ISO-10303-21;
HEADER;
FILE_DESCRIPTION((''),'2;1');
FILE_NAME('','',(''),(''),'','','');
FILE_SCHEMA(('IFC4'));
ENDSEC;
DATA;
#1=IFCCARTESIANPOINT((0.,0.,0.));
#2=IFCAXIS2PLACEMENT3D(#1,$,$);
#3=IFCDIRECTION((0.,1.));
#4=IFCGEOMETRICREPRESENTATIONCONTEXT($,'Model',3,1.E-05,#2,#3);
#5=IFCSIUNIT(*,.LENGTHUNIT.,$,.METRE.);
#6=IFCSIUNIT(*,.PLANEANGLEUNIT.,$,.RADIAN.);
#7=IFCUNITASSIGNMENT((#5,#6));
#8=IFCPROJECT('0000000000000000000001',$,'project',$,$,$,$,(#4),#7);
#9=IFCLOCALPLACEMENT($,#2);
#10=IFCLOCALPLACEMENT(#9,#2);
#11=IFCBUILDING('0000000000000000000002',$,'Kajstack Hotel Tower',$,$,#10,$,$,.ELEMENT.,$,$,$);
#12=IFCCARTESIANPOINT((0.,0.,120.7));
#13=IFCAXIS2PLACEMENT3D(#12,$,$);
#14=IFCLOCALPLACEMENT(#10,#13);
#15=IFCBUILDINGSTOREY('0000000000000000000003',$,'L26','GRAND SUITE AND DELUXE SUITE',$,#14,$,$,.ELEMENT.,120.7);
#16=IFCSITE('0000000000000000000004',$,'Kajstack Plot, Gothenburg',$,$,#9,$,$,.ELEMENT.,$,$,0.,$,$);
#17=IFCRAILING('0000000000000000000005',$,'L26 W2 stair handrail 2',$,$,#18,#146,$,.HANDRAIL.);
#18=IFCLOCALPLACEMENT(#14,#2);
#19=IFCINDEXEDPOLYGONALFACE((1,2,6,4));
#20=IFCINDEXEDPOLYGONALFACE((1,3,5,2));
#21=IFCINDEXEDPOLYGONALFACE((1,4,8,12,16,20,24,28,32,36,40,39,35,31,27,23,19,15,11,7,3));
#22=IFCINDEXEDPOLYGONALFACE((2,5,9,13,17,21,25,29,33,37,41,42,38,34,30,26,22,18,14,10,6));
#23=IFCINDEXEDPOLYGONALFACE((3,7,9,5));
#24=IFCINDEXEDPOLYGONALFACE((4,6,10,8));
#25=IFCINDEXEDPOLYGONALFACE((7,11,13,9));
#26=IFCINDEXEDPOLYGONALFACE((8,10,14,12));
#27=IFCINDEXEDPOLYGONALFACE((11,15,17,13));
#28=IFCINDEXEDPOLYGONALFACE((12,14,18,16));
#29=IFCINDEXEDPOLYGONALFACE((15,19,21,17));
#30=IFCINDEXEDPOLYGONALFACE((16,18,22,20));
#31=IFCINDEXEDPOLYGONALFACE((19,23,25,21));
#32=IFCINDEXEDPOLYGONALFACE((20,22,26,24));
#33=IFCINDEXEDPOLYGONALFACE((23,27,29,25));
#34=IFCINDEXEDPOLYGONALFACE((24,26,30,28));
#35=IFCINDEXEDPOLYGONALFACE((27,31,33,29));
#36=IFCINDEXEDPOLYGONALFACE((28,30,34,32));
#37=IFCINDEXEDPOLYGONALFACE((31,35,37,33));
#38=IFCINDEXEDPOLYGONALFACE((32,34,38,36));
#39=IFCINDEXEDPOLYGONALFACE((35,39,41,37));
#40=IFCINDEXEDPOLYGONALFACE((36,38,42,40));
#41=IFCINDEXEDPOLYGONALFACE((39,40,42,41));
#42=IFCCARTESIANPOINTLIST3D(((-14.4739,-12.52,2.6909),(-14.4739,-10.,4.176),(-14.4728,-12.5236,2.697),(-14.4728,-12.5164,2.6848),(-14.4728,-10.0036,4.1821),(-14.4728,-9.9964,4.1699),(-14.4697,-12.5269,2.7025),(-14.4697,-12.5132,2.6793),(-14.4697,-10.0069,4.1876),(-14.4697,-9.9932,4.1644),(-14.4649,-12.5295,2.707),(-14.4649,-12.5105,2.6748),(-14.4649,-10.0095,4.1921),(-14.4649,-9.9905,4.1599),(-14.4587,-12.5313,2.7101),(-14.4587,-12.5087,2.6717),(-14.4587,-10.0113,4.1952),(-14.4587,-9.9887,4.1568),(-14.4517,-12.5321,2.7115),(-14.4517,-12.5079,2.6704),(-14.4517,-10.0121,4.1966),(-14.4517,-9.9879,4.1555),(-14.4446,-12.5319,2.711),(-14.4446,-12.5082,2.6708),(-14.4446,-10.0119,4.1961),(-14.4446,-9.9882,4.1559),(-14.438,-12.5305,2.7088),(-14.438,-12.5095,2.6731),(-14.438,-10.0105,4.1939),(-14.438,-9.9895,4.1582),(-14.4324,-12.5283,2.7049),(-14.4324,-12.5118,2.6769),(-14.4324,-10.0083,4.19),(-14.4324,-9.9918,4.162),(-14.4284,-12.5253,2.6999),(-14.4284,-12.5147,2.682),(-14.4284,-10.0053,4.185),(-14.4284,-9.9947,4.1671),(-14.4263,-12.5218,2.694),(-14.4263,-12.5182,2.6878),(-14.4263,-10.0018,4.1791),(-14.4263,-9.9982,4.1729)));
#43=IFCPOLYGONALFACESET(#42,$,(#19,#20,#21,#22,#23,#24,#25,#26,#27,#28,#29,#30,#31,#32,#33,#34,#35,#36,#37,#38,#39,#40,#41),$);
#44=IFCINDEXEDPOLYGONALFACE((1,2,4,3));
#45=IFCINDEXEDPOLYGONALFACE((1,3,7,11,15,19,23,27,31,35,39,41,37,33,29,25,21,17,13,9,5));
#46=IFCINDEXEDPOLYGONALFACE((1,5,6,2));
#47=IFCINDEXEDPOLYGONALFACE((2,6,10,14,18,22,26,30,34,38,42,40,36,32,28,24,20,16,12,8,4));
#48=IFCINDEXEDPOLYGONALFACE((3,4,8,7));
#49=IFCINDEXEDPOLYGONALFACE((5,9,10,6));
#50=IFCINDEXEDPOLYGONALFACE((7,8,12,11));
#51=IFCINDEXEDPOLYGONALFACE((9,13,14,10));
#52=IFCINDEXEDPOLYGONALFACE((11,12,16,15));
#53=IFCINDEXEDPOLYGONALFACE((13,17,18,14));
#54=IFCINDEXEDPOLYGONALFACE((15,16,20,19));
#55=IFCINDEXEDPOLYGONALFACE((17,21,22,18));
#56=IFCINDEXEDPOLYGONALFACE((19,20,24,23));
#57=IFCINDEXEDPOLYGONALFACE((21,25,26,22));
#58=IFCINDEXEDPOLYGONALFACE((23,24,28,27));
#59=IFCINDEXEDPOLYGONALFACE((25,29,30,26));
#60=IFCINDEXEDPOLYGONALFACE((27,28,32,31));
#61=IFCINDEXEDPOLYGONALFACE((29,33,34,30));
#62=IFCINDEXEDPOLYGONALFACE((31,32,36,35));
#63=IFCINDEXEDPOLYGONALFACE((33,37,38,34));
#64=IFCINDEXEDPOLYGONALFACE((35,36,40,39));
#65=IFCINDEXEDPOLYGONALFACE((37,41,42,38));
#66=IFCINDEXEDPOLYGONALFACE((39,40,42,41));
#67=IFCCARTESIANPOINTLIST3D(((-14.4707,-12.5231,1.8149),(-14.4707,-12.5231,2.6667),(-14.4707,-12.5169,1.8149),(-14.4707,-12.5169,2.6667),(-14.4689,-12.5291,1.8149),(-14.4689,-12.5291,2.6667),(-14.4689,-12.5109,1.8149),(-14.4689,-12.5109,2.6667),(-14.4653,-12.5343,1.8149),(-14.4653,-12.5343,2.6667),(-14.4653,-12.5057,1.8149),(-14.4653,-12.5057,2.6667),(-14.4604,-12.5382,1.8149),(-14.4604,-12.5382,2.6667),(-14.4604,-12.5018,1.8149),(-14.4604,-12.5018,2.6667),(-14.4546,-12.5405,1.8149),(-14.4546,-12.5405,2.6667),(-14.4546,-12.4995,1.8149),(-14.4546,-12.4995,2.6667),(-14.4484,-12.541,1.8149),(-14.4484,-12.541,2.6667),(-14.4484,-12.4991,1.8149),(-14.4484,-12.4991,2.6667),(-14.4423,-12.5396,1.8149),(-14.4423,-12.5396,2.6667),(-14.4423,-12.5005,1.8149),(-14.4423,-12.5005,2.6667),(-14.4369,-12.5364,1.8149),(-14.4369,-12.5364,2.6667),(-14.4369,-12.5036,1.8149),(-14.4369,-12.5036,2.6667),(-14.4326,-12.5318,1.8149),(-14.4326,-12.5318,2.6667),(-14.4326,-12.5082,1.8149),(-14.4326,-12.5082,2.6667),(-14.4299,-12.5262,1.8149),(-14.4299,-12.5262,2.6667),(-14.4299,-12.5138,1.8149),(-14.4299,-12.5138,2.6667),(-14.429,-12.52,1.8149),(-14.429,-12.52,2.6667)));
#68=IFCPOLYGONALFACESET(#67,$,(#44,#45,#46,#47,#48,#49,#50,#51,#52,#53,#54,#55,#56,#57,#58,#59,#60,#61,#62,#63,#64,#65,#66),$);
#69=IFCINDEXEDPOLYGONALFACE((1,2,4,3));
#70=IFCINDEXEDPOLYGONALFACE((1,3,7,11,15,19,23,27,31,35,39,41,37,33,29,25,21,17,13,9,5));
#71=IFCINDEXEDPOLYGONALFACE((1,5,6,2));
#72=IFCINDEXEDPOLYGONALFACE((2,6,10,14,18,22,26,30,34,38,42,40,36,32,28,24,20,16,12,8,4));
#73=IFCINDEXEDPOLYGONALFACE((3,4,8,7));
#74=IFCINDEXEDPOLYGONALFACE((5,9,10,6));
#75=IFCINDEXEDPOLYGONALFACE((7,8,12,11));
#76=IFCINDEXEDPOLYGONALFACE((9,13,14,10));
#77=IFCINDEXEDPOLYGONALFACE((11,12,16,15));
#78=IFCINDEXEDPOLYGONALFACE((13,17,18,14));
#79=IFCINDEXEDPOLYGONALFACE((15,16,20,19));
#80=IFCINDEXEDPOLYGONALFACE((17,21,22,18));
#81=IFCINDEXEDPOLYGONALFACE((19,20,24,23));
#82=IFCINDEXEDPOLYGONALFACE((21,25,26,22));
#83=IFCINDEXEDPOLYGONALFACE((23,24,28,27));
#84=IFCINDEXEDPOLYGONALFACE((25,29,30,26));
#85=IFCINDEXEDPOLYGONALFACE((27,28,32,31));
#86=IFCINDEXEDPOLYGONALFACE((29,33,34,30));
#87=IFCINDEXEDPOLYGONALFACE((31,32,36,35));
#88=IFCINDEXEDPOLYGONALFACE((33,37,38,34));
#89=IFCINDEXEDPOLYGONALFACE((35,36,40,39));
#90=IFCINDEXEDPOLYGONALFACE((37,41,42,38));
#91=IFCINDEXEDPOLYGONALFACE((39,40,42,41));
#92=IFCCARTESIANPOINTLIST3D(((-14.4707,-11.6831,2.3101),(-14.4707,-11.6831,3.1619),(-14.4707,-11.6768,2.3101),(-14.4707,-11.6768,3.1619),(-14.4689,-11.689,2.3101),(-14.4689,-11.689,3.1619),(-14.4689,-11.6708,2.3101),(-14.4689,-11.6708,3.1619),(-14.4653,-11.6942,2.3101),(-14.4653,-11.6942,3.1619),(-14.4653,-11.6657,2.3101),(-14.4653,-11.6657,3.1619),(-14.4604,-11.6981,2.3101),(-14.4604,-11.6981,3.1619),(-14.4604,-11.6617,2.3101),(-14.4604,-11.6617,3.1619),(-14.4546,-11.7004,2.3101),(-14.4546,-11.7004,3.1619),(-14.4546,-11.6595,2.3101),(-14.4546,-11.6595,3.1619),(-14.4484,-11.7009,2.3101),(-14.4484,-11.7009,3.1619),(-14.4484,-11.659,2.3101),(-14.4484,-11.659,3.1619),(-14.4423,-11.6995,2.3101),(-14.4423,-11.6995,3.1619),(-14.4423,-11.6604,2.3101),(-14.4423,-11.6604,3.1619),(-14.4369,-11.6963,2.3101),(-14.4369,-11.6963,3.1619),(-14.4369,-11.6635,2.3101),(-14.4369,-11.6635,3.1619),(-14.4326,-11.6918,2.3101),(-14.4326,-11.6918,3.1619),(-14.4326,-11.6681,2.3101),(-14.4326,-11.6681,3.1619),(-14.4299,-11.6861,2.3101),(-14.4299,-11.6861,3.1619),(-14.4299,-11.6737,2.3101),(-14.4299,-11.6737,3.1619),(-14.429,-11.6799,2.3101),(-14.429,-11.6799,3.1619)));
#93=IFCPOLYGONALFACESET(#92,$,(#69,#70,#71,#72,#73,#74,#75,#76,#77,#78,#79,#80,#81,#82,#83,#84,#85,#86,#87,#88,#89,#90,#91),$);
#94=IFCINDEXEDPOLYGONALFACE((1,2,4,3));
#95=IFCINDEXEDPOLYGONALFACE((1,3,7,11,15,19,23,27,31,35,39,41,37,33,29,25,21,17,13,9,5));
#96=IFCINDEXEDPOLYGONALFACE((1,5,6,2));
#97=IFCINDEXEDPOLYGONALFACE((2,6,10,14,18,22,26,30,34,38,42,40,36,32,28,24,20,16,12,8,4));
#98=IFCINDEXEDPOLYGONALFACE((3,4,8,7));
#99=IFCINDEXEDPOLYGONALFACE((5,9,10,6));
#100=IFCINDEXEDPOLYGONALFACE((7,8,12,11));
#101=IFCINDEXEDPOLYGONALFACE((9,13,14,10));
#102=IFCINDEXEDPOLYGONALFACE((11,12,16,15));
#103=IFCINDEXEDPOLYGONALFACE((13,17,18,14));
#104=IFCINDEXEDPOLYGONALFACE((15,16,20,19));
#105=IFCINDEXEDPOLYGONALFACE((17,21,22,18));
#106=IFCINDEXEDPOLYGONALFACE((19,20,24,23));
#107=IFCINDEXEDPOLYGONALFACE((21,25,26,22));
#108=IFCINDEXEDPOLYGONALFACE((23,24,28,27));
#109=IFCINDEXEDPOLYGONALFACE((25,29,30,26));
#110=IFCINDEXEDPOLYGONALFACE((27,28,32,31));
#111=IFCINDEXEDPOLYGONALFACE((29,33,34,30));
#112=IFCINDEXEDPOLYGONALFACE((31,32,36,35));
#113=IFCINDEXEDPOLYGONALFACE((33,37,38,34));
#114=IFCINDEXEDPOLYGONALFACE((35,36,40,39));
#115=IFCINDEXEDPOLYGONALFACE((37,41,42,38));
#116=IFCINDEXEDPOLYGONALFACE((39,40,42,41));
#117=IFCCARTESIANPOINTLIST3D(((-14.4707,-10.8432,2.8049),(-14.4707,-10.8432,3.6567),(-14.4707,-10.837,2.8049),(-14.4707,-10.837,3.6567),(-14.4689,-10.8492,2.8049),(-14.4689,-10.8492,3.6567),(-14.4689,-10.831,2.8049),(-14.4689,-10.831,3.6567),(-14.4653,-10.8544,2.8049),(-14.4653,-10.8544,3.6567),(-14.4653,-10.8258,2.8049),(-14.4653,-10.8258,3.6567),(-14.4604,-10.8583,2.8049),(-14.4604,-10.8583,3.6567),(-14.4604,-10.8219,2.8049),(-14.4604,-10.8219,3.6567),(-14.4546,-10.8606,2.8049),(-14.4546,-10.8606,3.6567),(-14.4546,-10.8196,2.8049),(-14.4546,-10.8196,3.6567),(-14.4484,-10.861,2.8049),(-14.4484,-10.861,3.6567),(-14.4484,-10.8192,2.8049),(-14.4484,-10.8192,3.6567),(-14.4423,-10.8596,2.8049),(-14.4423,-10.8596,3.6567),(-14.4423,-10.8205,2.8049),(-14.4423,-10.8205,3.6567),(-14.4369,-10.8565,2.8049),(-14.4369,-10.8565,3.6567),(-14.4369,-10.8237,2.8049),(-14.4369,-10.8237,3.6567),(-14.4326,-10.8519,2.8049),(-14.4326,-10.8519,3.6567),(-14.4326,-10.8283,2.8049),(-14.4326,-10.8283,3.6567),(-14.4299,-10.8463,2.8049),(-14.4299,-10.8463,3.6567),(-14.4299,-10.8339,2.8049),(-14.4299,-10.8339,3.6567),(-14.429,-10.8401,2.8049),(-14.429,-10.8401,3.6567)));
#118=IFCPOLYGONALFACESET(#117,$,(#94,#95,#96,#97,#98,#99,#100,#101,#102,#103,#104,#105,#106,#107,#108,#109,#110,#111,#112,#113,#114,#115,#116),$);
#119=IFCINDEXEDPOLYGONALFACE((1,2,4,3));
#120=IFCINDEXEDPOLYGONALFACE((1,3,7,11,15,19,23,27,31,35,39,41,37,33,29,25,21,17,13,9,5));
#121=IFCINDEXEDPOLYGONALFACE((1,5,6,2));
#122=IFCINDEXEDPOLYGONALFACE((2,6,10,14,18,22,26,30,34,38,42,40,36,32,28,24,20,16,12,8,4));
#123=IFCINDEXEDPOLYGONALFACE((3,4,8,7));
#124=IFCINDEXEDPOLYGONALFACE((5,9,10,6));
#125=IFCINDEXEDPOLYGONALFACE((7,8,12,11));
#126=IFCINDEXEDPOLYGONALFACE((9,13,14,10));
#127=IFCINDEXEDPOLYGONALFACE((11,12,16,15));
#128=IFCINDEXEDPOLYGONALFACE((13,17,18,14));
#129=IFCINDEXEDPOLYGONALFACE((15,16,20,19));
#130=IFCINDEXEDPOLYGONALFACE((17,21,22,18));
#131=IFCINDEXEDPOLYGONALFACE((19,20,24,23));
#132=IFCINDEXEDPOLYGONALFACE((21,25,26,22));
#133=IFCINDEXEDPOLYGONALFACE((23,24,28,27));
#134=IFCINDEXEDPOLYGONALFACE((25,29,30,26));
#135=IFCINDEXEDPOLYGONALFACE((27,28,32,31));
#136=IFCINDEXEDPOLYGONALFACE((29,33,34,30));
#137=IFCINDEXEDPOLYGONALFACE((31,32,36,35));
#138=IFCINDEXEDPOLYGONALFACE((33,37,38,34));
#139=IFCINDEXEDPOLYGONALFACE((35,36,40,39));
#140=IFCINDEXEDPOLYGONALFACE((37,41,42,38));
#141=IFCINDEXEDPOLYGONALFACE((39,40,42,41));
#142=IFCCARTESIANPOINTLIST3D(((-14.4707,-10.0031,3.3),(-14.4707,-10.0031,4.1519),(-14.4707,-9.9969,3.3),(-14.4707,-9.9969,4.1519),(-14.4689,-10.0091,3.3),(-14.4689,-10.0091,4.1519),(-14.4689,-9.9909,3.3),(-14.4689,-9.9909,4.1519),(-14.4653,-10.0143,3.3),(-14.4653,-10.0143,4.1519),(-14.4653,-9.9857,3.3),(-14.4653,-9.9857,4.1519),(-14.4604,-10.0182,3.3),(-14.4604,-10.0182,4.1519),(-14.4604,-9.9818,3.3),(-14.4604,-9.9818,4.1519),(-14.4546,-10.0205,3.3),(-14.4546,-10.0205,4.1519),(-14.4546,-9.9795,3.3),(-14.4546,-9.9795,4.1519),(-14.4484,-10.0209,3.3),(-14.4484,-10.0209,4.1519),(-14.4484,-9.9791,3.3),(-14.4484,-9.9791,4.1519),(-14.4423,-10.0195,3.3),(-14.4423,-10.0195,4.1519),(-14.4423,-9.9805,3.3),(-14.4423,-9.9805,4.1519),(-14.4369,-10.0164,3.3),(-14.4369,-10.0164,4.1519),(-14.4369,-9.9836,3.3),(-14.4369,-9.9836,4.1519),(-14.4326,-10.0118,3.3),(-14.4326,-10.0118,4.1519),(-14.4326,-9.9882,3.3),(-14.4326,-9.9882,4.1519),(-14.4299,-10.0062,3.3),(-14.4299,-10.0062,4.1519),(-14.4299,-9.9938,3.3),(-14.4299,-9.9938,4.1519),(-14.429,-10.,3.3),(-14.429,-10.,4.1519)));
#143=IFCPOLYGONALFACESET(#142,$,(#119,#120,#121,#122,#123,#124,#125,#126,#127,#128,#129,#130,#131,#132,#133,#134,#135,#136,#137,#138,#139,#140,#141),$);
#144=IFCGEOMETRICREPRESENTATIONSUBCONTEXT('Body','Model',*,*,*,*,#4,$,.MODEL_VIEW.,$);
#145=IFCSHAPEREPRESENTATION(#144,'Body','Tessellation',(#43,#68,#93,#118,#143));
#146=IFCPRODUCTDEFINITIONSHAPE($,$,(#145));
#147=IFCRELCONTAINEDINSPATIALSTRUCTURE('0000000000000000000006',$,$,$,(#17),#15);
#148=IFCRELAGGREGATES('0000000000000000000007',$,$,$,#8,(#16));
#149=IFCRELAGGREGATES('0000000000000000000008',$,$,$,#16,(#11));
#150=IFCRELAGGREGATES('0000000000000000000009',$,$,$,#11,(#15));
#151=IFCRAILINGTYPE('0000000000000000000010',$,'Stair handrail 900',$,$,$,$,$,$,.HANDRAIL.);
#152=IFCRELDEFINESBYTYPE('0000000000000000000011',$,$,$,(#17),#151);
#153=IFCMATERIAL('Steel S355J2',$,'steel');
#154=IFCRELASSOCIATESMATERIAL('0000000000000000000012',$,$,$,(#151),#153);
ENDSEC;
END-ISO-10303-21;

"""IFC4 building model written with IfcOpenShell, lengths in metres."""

from ifc_helpers import new_model, si_unit, direction, frame, origin, origin_2d, place, context, subcontext, project, spatial, circle, extrude, material, type_object, element, save


model = new_model("IFC4")

# Units and contexts
model_context = context("Model", 3, precision=1e-05, world=origin(), true_north=direction((0.0, 1.0)))
body_context = subcontext(model_context, "Body", "Model", "MODEL_VIEW")
ifc_project = project(units=[si_unit("LENGTHUNIT", "METRE"), si_unit("PLANEANGLEUNIT", "RADIAN")], contexts=[model_context])

# Site, building, storey
site_placement = place(None, origin())
site = spatial("IfcSite", under=ifc_project, at=site_placement, Name="Kajstack Plot, Gothenburg", CompositionType="ELEMENT", RefElevation=0.0)
building_placement = place(site_placement, origin())
building = spatial("IfcBuilding", under=site, at=building_placement, Name="Kajstack Hotel Tower", CompositionType="ELEMENT")
storey_placement = place(building_placement, frame((0.0, 0.0, 120.7)))
storey = spatial("IfcBuildingStorey", under=building, at=storey_placement, Name="L26", Description="GRAND SUITE AND DELUXE SUITE", CompositionType="ELEMENT", Elevation=120.7)

# Railing
ifc_material_1 = material(Name="Steel S355J2", Category="steel")
railing_type = type_object("IfcRailingType", Name="Stair handrail 900", PredefinedType="HANDRAIL", material=ifc_material_1)
railing_placement = place(storey_placement, frame((-14.45, -12.52, 1.8149)))
element("IfcRailing", 1, at=railing_placement, inside=storey, type_object=railing_type, Name="L26 W2 stair handrail 2", PredefinedType="HANDRAIL", context=body_context, shape_type="SweptSolid", body=[
    extrude(circle(Radius=0.0239, at=origin_2d()), frame((0.0, 0.0, 0.876), z_axis=(0.0, 0.861524, 0.507717), x_axis=(-1.0, 0.0, 0.0)), (0.0, 0.0, 1.0), 2.925),
    extrude(circle(Radius=0.021, at=origin_2d()), origin(), (0.0, 0.0, 1.0), 0.8518),
    extrude(circle(Radius=0.021, at=origin_2d()), frame((0.0, 0.8401, 0.4951)), (0.0, 0.0, 1.0), 0.8518),
    extrude(circle(Radius=0.021, at=origin_2d()), frame((0.0, 1.6799, 0.99)), (0.0, 0.0, 1.0), 0.8518),
    extrude(circle(Radius=0.021, at=origin_2d()), frame((0.0, 2.52, 1.4851)), (0.0, 0.0, 1.0), 0.8518),
])

save(model, "model.ifc")
